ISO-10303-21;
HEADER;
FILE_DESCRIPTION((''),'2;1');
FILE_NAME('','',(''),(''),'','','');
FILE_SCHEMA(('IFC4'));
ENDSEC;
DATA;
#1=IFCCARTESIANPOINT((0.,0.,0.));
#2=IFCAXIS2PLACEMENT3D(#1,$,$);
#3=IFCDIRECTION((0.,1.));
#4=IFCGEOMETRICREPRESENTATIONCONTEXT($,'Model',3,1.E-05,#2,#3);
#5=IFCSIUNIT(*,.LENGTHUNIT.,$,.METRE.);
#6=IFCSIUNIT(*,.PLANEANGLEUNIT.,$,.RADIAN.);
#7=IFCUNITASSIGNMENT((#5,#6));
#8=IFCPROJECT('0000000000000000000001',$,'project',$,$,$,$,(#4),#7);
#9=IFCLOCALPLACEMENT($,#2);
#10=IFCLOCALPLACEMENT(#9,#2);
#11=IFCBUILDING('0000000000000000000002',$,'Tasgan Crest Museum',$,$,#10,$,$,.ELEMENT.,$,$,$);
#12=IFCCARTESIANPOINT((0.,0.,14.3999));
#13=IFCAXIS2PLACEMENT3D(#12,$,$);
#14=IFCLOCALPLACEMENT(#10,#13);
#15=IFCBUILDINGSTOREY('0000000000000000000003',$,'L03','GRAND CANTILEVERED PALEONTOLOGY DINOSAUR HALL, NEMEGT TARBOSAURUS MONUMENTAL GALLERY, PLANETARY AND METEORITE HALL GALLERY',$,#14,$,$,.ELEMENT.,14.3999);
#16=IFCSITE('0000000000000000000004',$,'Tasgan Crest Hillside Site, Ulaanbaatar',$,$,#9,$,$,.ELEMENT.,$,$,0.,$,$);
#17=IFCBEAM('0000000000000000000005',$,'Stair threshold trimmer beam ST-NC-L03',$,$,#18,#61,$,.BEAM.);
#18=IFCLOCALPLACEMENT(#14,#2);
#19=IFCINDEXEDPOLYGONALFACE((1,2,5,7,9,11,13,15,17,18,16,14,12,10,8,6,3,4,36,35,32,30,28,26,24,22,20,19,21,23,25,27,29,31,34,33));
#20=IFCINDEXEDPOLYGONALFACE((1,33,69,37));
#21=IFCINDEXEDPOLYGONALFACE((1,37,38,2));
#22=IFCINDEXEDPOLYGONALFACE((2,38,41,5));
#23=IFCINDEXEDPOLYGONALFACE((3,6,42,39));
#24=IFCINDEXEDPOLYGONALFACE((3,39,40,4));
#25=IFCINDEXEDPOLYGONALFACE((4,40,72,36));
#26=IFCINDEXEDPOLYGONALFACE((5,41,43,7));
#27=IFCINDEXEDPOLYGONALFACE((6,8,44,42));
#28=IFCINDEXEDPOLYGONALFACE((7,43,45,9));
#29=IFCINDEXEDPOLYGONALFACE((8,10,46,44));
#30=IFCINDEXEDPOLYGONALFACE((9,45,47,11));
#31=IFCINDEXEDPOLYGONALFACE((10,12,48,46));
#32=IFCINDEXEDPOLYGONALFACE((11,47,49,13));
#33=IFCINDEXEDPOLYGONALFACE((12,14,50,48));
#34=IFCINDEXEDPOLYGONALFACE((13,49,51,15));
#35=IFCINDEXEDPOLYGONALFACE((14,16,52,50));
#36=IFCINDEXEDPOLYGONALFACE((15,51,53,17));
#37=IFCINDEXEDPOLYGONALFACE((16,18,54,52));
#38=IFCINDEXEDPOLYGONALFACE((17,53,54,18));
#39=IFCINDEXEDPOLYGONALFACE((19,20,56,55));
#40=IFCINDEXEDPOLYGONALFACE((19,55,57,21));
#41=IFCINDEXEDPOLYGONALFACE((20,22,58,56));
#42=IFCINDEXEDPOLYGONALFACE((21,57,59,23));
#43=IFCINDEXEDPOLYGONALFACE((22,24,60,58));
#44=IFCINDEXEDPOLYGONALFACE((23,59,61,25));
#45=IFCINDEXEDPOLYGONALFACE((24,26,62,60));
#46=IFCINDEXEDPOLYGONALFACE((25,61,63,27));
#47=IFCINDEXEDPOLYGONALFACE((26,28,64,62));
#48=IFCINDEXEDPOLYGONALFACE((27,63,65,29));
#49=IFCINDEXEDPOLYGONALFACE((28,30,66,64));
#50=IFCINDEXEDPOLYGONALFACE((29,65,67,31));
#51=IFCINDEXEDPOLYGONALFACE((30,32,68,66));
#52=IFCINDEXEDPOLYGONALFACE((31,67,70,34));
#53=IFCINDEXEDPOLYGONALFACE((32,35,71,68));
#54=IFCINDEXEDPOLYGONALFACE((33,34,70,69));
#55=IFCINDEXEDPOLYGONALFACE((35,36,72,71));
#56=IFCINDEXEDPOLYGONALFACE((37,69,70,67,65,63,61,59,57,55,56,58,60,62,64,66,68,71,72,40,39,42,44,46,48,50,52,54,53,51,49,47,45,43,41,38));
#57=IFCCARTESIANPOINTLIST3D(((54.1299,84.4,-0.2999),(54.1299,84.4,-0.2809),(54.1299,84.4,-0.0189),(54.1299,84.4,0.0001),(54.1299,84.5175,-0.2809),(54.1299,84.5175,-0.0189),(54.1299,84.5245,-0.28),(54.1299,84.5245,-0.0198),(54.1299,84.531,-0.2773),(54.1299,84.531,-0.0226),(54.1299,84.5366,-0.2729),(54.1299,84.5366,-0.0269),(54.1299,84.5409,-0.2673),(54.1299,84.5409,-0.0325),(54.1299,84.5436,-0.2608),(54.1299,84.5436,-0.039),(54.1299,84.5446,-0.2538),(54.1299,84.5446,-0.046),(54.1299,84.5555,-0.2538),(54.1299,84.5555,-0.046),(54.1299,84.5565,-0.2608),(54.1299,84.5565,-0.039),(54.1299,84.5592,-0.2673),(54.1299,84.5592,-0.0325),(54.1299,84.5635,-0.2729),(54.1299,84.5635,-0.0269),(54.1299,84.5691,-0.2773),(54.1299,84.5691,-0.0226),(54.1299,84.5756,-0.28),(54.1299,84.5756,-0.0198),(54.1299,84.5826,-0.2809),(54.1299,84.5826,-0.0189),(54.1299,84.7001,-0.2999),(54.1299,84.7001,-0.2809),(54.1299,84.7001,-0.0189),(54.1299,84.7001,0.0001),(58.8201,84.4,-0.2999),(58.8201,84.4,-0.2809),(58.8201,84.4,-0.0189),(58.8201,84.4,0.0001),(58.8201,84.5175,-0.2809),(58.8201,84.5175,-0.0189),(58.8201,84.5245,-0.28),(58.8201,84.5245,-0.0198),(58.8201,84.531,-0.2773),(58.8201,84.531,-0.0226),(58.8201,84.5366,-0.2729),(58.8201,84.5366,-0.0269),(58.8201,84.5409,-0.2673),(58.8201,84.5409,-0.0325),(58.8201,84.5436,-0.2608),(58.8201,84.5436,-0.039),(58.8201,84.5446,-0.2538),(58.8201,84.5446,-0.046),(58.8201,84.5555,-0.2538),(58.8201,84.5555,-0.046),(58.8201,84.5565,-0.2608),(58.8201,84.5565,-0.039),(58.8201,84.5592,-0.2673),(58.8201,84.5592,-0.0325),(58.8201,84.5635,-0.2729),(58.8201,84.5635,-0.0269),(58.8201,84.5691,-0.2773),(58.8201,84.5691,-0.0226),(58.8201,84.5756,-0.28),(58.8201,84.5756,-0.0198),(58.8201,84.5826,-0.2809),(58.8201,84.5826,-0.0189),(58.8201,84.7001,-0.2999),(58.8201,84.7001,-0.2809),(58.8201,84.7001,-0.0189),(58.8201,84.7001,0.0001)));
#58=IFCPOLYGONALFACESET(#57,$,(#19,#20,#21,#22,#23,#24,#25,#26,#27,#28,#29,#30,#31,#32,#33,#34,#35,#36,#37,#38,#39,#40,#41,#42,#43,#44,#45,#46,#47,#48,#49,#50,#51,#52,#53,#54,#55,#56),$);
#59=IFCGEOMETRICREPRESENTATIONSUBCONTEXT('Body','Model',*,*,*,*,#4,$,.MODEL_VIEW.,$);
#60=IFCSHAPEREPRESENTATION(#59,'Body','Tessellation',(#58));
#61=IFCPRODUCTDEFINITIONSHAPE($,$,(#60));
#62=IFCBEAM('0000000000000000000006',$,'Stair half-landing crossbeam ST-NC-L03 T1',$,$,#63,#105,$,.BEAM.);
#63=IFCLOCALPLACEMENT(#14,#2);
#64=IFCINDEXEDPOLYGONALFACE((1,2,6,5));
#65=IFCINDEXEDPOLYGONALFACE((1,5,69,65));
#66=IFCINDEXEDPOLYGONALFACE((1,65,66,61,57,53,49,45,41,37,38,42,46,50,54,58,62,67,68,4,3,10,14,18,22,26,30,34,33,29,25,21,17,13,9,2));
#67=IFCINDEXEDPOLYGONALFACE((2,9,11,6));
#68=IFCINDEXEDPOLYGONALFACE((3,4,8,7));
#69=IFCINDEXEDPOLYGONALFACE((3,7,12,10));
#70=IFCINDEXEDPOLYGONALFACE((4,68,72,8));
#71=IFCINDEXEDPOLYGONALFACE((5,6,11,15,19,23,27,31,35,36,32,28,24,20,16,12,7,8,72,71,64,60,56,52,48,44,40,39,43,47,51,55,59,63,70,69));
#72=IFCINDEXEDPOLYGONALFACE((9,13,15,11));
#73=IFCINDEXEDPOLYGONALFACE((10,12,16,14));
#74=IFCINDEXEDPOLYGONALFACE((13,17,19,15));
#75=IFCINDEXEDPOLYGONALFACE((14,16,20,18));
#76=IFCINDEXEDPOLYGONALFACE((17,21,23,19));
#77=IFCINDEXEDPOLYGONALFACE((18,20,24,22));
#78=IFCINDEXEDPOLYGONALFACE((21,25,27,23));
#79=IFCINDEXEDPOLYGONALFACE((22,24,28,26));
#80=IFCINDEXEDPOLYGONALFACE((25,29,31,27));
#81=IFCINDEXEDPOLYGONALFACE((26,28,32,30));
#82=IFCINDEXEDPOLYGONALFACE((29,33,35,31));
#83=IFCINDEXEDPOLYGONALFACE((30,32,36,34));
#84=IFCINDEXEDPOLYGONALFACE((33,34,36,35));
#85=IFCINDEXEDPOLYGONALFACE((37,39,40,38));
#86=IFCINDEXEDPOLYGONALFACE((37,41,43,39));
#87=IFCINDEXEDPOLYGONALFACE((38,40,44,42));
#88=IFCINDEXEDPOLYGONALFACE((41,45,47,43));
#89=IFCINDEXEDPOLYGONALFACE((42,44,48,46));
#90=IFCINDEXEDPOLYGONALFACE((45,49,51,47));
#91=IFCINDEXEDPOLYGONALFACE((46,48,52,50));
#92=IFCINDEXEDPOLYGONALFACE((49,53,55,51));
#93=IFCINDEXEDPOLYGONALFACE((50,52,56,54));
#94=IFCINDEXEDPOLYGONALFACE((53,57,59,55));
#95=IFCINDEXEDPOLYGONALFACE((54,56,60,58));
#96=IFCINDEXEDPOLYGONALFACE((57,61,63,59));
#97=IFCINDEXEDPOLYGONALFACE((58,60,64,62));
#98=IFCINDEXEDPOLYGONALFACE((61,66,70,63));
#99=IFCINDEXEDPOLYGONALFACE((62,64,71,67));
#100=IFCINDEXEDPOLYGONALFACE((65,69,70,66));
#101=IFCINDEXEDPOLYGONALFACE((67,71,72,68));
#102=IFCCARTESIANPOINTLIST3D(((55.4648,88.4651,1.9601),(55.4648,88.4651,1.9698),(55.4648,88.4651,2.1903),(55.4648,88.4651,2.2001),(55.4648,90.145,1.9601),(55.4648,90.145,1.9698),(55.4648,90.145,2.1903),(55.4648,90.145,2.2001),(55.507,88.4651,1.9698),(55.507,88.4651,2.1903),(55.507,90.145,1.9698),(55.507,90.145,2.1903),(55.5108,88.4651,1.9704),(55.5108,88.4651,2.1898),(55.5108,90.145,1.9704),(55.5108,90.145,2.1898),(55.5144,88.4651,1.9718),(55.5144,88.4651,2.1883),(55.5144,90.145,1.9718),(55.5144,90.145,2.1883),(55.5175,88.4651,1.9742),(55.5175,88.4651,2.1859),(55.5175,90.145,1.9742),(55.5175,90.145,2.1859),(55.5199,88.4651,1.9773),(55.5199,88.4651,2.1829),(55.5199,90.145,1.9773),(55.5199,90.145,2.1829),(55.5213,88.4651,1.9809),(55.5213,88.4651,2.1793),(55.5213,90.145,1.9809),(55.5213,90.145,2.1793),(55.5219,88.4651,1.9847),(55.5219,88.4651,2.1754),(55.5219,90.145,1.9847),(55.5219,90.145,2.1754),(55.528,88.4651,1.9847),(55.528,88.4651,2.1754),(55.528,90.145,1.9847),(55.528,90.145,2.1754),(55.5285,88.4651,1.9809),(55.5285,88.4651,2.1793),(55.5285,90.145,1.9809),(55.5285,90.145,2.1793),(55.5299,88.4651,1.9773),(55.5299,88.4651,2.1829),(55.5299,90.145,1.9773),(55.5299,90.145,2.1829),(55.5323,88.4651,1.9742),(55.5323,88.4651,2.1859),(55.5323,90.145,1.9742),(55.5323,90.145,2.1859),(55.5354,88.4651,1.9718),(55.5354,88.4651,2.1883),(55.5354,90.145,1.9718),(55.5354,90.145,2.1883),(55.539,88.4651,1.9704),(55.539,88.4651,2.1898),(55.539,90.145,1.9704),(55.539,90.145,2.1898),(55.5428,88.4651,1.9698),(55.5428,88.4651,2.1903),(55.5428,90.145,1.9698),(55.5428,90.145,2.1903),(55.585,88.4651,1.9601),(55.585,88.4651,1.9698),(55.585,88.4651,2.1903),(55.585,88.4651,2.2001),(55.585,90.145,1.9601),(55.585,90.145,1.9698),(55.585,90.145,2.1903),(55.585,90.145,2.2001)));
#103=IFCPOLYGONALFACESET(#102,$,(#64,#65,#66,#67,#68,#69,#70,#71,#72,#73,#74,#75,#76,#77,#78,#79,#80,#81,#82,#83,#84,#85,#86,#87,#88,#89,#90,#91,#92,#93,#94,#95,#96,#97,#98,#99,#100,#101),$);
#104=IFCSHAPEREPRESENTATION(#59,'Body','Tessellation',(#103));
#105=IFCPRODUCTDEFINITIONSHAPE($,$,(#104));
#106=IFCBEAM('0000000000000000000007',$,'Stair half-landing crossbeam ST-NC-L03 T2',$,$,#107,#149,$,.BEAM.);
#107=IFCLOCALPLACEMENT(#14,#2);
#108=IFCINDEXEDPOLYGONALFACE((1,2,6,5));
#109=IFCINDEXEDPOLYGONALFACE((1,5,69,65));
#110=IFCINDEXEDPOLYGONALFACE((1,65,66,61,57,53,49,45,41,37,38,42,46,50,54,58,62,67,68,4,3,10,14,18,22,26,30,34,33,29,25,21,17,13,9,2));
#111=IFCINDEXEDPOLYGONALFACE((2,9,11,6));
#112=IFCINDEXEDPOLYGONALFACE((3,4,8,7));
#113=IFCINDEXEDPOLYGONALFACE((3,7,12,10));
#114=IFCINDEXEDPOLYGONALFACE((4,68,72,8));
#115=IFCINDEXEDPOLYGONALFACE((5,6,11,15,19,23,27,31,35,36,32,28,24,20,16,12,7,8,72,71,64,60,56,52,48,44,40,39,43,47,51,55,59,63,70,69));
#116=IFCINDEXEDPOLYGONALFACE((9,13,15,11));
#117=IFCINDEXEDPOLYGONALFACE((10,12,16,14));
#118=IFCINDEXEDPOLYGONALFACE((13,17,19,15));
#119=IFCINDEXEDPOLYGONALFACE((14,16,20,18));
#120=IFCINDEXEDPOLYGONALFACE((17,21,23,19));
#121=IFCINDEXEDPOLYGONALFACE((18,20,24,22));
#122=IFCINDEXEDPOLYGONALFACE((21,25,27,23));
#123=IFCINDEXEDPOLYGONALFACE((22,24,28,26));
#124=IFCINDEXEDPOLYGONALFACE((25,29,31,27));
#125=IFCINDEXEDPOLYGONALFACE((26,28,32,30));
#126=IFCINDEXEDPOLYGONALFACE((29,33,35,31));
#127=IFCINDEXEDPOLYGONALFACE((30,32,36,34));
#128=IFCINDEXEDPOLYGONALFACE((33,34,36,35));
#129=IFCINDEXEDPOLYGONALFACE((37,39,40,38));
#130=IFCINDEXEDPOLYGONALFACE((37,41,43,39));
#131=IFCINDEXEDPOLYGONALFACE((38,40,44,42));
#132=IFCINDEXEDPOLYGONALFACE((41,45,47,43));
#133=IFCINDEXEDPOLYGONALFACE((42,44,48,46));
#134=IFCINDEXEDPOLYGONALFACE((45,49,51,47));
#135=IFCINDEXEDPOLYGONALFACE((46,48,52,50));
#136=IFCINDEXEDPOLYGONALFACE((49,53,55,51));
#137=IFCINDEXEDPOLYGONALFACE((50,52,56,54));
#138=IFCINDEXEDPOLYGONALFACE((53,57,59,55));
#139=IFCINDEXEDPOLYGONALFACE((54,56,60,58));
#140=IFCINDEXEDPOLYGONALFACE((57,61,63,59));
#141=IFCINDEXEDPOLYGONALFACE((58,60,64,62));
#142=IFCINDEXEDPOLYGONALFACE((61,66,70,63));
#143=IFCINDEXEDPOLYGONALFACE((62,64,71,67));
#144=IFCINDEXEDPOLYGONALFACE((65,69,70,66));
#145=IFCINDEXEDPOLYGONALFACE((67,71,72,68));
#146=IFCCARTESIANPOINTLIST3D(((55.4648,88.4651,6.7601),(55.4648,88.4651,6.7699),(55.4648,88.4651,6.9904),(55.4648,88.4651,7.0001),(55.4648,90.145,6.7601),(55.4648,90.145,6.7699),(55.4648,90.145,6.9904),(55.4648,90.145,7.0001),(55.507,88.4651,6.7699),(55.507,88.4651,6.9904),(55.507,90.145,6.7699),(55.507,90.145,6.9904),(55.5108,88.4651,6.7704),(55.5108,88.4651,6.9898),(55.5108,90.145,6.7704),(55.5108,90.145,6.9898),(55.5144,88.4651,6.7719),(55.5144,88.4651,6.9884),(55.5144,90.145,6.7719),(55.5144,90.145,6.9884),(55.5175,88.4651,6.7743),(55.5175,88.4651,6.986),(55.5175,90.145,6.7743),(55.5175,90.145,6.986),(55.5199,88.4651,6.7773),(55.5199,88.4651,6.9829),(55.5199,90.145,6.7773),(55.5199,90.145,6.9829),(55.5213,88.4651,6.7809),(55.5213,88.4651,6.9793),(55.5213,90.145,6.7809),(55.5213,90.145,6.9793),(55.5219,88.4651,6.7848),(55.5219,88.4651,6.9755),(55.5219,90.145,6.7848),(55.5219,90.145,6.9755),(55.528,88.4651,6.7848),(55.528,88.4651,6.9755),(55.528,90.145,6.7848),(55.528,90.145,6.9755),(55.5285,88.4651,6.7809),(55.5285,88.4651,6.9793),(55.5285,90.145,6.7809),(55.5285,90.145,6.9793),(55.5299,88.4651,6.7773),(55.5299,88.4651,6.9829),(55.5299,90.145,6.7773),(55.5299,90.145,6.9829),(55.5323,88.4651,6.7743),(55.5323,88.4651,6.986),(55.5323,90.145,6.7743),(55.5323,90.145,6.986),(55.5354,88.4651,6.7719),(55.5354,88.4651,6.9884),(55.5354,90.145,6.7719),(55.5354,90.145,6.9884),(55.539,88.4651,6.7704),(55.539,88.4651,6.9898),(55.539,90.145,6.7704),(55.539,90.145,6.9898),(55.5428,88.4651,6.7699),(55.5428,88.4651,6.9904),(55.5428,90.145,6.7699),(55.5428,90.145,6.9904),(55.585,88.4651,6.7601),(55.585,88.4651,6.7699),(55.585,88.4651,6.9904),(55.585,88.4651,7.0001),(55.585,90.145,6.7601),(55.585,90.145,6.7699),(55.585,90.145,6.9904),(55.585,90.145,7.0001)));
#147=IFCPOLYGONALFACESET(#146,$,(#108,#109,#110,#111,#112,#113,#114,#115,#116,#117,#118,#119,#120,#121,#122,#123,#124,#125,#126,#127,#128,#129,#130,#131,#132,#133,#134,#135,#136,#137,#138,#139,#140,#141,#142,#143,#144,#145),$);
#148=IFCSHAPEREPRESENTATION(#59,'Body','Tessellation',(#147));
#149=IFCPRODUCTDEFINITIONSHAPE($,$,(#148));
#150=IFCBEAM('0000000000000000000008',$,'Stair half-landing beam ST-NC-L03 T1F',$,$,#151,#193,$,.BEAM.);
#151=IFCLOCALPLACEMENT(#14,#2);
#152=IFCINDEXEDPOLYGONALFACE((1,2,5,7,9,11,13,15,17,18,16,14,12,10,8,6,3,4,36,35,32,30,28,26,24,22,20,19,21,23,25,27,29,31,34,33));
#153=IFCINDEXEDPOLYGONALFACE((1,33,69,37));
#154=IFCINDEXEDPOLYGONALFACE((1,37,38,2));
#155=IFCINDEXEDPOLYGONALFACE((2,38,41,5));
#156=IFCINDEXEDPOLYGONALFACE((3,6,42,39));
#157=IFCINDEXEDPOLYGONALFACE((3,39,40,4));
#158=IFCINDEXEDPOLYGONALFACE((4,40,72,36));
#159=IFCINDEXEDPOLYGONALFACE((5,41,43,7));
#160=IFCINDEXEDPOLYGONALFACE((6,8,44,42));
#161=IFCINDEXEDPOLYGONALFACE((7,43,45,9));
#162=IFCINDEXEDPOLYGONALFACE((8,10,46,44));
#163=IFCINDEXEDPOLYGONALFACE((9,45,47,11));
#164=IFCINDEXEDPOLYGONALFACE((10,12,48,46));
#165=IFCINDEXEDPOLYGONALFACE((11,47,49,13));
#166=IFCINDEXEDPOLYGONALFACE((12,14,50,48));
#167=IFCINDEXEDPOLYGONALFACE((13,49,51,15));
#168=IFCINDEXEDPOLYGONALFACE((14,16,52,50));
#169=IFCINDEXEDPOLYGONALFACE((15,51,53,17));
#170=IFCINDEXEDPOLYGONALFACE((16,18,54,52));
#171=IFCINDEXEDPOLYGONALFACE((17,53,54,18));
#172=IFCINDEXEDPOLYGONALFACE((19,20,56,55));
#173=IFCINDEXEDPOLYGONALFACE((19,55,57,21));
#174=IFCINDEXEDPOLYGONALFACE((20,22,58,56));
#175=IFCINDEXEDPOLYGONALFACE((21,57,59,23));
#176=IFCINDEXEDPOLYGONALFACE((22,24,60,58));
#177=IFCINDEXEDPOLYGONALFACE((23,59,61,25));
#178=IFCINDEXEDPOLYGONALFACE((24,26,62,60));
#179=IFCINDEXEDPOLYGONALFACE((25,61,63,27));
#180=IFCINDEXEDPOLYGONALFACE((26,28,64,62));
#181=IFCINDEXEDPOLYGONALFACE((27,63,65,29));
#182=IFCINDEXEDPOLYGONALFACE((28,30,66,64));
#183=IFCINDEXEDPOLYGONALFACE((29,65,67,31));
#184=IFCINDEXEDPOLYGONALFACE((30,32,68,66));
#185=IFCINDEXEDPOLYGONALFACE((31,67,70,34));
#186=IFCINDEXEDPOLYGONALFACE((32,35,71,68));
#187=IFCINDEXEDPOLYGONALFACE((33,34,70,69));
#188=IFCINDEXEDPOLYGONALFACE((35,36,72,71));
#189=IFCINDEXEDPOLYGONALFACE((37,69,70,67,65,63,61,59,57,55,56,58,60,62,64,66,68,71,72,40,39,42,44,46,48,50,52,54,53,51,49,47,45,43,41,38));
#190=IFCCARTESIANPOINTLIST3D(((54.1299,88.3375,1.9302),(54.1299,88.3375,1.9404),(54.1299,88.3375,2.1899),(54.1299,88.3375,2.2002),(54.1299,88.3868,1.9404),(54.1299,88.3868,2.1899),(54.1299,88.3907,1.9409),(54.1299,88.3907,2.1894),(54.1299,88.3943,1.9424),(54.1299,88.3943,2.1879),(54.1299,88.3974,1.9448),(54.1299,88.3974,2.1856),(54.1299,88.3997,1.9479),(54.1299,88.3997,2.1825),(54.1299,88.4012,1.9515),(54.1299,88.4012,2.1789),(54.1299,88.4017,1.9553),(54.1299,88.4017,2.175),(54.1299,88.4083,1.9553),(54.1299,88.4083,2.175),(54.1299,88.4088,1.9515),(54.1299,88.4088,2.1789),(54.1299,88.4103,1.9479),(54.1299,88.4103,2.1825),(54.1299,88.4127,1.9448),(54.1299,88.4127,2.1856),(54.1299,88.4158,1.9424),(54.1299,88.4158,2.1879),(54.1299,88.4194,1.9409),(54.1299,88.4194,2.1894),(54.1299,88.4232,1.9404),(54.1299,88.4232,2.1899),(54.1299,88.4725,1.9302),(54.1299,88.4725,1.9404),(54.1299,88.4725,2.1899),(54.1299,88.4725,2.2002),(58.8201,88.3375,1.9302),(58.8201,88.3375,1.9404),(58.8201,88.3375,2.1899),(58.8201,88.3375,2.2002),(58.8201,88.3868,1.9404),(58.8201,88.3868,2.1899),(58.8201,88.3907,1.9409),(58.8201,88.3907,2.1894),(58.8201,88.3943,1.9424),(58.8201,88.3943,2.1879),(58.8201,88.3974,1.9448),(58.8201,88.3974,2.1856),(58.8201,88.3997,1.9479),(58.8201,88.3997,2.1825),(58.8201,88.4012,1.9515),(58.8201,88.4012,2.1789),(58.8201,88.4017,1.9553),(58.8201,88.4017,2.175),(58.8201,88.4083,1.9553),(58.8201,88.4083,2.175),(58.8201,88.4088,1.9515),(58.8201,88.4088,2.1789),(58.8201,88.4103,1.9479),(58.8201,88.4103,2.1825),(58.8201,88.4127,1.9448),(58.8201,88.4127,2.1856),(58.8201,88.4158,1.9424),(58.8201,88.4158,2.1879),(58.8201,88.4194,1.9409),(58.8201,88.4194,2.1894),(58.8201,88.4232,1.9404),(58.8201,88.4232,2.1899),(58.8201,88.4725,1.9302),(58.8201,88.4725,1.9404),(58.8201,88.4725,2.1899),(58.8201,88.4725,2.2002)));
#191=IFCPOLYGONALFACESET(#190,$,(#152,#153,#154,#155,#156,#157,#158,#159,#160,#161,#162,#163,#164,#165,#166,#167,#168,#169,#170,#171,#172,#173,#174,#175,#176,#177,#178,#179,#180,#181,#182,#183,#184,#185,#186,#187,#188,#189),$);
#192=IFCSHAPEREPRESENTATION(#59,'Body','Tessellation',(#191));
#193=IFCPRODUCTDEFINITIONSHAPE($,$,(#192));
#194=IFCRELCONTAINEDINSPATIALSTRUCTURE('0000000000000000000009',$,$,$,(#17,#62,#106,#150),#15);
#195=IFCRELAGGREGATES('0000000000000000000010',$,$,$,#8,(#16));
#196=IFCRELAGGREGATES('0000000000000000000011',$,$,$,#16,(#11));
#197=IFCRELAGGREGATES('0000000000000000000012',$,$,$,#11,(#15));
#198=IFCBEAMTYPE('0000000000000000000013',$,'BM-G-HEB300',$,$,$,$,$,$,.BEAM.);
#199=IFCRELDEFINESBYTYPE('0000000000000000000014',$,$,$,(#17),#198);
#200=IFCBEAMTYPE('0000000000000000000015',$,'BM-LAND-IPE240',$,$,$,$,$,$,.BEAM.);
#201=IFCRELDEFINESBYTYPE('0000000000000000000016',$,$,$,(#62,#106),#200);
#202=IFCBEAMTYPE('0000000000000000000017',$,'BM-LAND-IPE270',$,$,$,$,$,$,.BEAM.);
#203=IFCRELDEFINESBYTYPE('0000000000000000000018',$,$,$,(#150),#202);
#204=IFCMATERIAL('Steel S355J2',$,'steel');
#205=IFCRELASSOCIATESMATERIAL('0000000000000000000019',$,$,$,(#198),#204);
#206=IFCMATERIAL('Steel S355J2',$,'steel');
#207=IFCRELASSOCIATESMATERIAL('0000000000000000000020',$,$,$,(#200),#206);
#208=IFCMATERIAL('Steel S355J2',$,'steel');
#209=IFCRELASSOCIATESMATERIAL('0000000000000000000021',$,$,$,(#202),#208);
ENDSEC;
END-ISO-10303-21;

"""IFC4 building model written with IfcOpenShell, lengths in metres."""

from ifc_helpers import new_model, si_unit, direction, frame, origin, origin_2d, place, context, subcontext, project, spatial, i_section, extrude, material, material_profile, profile_set, type_object, element, save


model = new_model("IFC4")

# Units and contexts
model_context = context("Model", 3, precision=1e-05, world=origin(), true_north=direction((0.0, 1.0)))
body_context = subcontext(model_context, "Body", "Model", "MODEL_VIEW")
ifc_project = project(units=[si_unit("LENGTHUNIT", "METRE"), si_unit("PLANEANGLEUNIT", "RADIAN")], contexts=[model_context])

# Site, building, storey
site_placement = place(None, origin())
site = spatial("IfcSite", under=ifc_project, at=site_placement, Name="Tasgan Crest Hillside Site, Ulaanbaatar", CompositionType="ELEMENT", RefElevation=0.0)
building_placement = place(site_placement, origin())
building = spatial("IfcBuilding", under=site, at=building_placement, Name="Tasgan Crest Museum", CompositionType="ELEMENT")
storey_placement = place(building_placement, frame((0.0, 0.0, 14.3999)))
storey = spatial("IfcBuildingStorey", under=building, at=storey_placement, Name="L03", Description="GRAND CANTILEVERED PALEONTOLOGY DINOSAUR HALL, NEMEGT TARBOSAURUS MONUMENTAL GALLERY, PLANETARY AND METEORITE HALL GALLERY", CompositionType="ELEMENT", Elevation=14.3999)

# Beams
ifc_material_1 = material(Name="Steel S355J2", Category="steel")
ifc_material_profile_1 = material_profile(ifc_material_1, i_section(OverallWidth=0.3, OverallDepth=0.3, WebThickness=0.011, FlangeThickness=0.019, FilletRadius=0.0271, at=origin_2d()), Name="HEB 300")
ifc_profile_set_1 = profile_set([ifc_material_profile_1], Name="Steel S355J2")
beam_type_1 = type_object("IfcBeamType", Name="BM-G-HEB300", PredefinedType="BEAM", material=ifc_profile_set_1)
beam_placement = place(storey_placement, frame((54.1299, 84.55, -0.1499), z_axis=(1.0, 0.0, 0.0), x_axis=(0.0, 1.0, 0.0)))
element("IfcBeam", 1, at=beam_placement, inside=storey, type_object=beam_type_1, Name="Stair threshold trimmer beam ST-NC-L03", PredefinedType="BEAM", context=body_context, shape_type="SweptSolid", body=[
    extrude(i_section(OverallWidth=0.3, OverallDepth=0.3, WebThickness=0.011, FlangeThickness=0.019, FilletRadius=0.0271, at=origin_2d()), origin(), (0.0, 0.0, 1.0), 4.6902),
])
ifc_material_2 = material(Name="Steel S355J2", Category="steel")
ifc_material_profile_2 = material_profile(ifc_material_2, i_section(OverallWidth=0.1201, OverallDepth=0.24, WebThickness=0.0061, FlangeThickness=0.0098, FilletRadius=0.0149, at=origin_2d()), Name="IPE 240")
ifc_profile_set_2 = profile_set([ifc_material_profile_2], Name="Steel S355J2")
beam_type_2 = type_object("IfcBeamType", Name="BM-LAND-IPE240", PredefinedType="BEAM", material=ifc_profile_set_2)
for number, where, z_axis, x_axis, name in (
    (2, (55.5249, 88.4651, 2.0801), (0.0, 1.0, 0.0), (-1.0, 0.0, 0.0), "Stair half-landing crossbeam ST-NC-L03 T1"),
    (3, (55.5249, 88.4651, 6.8801), (0.0, 1.0, 0.0), (-1.0, 0.0, 0.0), "Stair half-landing crossbeam ST-NC-L03 T2"),
):
    element("IfcBeam", number, at=place(storey_placement, frame(where, z_axis=z_axis, x_axis=x_axis)), inside=storey, type_object=beam_type_2, Name=name, PredefinedType="BEAM", context=body_context, shape_type="SweptSolid", body=[
        extrude(i_section(OverallWidth=0.1201, OverallDepth=0.24, WebThickness=0.0061, FlangeThickness=0.0098, FilletRadius=0.0149, at=origin_2d()), origin(), (0.0, 0.0, 1.0), 1.6799),
    ])
ifc_material_3 = material(Name="Steel S355J2", Category="steel")
ifc_material_profile_3 = material_profile(ifc_material_3, i_section(OverallWidth=0.135, OverallDepth=0.27, WebThickness=0.0066, FlangeThickness=0.0103, FilletRadius=0.0149, at=origin_2d()), Name="IPE 270")
ifc_profile_set_3 = profile_set([ifc_material_profile_3], Name="Steel S355J2")
beam_type_3 = type_object("IfcBeamType", Name="BM-LAND-IPE270", PredefinedType="BEAM", material=ifc_profile_set_3)
for number, where, z_axis, x_axis, name in (
    (4, (54.1299, 88.405, 2.0652), (1.0, 0.0, 0.0), (0.0, 1.0, 0.0), "Stair half-landing beam ST-NC-L03 T1F"),
):
    element("IfcBeam", number, at=place(storey_placement, frame(where, z_axis=z_axis, x_axis=x_axis)), inside=storey, type_object=beam_type_3, Name=name, PredefinedType="BEAM", context=body_context, shape_type="SweptSolid", body=[
        extrude(i_section(OverallWidth=0.135, OverallDepth=0.27, WebThickness=0.0066, FlangeThickness=0.0103, FilletRadius=0.0149, at=origin_2d()), origin(), (0.0, 0.0, 1.0), 4.6902),
    ])

save(model, "model.ifc")
